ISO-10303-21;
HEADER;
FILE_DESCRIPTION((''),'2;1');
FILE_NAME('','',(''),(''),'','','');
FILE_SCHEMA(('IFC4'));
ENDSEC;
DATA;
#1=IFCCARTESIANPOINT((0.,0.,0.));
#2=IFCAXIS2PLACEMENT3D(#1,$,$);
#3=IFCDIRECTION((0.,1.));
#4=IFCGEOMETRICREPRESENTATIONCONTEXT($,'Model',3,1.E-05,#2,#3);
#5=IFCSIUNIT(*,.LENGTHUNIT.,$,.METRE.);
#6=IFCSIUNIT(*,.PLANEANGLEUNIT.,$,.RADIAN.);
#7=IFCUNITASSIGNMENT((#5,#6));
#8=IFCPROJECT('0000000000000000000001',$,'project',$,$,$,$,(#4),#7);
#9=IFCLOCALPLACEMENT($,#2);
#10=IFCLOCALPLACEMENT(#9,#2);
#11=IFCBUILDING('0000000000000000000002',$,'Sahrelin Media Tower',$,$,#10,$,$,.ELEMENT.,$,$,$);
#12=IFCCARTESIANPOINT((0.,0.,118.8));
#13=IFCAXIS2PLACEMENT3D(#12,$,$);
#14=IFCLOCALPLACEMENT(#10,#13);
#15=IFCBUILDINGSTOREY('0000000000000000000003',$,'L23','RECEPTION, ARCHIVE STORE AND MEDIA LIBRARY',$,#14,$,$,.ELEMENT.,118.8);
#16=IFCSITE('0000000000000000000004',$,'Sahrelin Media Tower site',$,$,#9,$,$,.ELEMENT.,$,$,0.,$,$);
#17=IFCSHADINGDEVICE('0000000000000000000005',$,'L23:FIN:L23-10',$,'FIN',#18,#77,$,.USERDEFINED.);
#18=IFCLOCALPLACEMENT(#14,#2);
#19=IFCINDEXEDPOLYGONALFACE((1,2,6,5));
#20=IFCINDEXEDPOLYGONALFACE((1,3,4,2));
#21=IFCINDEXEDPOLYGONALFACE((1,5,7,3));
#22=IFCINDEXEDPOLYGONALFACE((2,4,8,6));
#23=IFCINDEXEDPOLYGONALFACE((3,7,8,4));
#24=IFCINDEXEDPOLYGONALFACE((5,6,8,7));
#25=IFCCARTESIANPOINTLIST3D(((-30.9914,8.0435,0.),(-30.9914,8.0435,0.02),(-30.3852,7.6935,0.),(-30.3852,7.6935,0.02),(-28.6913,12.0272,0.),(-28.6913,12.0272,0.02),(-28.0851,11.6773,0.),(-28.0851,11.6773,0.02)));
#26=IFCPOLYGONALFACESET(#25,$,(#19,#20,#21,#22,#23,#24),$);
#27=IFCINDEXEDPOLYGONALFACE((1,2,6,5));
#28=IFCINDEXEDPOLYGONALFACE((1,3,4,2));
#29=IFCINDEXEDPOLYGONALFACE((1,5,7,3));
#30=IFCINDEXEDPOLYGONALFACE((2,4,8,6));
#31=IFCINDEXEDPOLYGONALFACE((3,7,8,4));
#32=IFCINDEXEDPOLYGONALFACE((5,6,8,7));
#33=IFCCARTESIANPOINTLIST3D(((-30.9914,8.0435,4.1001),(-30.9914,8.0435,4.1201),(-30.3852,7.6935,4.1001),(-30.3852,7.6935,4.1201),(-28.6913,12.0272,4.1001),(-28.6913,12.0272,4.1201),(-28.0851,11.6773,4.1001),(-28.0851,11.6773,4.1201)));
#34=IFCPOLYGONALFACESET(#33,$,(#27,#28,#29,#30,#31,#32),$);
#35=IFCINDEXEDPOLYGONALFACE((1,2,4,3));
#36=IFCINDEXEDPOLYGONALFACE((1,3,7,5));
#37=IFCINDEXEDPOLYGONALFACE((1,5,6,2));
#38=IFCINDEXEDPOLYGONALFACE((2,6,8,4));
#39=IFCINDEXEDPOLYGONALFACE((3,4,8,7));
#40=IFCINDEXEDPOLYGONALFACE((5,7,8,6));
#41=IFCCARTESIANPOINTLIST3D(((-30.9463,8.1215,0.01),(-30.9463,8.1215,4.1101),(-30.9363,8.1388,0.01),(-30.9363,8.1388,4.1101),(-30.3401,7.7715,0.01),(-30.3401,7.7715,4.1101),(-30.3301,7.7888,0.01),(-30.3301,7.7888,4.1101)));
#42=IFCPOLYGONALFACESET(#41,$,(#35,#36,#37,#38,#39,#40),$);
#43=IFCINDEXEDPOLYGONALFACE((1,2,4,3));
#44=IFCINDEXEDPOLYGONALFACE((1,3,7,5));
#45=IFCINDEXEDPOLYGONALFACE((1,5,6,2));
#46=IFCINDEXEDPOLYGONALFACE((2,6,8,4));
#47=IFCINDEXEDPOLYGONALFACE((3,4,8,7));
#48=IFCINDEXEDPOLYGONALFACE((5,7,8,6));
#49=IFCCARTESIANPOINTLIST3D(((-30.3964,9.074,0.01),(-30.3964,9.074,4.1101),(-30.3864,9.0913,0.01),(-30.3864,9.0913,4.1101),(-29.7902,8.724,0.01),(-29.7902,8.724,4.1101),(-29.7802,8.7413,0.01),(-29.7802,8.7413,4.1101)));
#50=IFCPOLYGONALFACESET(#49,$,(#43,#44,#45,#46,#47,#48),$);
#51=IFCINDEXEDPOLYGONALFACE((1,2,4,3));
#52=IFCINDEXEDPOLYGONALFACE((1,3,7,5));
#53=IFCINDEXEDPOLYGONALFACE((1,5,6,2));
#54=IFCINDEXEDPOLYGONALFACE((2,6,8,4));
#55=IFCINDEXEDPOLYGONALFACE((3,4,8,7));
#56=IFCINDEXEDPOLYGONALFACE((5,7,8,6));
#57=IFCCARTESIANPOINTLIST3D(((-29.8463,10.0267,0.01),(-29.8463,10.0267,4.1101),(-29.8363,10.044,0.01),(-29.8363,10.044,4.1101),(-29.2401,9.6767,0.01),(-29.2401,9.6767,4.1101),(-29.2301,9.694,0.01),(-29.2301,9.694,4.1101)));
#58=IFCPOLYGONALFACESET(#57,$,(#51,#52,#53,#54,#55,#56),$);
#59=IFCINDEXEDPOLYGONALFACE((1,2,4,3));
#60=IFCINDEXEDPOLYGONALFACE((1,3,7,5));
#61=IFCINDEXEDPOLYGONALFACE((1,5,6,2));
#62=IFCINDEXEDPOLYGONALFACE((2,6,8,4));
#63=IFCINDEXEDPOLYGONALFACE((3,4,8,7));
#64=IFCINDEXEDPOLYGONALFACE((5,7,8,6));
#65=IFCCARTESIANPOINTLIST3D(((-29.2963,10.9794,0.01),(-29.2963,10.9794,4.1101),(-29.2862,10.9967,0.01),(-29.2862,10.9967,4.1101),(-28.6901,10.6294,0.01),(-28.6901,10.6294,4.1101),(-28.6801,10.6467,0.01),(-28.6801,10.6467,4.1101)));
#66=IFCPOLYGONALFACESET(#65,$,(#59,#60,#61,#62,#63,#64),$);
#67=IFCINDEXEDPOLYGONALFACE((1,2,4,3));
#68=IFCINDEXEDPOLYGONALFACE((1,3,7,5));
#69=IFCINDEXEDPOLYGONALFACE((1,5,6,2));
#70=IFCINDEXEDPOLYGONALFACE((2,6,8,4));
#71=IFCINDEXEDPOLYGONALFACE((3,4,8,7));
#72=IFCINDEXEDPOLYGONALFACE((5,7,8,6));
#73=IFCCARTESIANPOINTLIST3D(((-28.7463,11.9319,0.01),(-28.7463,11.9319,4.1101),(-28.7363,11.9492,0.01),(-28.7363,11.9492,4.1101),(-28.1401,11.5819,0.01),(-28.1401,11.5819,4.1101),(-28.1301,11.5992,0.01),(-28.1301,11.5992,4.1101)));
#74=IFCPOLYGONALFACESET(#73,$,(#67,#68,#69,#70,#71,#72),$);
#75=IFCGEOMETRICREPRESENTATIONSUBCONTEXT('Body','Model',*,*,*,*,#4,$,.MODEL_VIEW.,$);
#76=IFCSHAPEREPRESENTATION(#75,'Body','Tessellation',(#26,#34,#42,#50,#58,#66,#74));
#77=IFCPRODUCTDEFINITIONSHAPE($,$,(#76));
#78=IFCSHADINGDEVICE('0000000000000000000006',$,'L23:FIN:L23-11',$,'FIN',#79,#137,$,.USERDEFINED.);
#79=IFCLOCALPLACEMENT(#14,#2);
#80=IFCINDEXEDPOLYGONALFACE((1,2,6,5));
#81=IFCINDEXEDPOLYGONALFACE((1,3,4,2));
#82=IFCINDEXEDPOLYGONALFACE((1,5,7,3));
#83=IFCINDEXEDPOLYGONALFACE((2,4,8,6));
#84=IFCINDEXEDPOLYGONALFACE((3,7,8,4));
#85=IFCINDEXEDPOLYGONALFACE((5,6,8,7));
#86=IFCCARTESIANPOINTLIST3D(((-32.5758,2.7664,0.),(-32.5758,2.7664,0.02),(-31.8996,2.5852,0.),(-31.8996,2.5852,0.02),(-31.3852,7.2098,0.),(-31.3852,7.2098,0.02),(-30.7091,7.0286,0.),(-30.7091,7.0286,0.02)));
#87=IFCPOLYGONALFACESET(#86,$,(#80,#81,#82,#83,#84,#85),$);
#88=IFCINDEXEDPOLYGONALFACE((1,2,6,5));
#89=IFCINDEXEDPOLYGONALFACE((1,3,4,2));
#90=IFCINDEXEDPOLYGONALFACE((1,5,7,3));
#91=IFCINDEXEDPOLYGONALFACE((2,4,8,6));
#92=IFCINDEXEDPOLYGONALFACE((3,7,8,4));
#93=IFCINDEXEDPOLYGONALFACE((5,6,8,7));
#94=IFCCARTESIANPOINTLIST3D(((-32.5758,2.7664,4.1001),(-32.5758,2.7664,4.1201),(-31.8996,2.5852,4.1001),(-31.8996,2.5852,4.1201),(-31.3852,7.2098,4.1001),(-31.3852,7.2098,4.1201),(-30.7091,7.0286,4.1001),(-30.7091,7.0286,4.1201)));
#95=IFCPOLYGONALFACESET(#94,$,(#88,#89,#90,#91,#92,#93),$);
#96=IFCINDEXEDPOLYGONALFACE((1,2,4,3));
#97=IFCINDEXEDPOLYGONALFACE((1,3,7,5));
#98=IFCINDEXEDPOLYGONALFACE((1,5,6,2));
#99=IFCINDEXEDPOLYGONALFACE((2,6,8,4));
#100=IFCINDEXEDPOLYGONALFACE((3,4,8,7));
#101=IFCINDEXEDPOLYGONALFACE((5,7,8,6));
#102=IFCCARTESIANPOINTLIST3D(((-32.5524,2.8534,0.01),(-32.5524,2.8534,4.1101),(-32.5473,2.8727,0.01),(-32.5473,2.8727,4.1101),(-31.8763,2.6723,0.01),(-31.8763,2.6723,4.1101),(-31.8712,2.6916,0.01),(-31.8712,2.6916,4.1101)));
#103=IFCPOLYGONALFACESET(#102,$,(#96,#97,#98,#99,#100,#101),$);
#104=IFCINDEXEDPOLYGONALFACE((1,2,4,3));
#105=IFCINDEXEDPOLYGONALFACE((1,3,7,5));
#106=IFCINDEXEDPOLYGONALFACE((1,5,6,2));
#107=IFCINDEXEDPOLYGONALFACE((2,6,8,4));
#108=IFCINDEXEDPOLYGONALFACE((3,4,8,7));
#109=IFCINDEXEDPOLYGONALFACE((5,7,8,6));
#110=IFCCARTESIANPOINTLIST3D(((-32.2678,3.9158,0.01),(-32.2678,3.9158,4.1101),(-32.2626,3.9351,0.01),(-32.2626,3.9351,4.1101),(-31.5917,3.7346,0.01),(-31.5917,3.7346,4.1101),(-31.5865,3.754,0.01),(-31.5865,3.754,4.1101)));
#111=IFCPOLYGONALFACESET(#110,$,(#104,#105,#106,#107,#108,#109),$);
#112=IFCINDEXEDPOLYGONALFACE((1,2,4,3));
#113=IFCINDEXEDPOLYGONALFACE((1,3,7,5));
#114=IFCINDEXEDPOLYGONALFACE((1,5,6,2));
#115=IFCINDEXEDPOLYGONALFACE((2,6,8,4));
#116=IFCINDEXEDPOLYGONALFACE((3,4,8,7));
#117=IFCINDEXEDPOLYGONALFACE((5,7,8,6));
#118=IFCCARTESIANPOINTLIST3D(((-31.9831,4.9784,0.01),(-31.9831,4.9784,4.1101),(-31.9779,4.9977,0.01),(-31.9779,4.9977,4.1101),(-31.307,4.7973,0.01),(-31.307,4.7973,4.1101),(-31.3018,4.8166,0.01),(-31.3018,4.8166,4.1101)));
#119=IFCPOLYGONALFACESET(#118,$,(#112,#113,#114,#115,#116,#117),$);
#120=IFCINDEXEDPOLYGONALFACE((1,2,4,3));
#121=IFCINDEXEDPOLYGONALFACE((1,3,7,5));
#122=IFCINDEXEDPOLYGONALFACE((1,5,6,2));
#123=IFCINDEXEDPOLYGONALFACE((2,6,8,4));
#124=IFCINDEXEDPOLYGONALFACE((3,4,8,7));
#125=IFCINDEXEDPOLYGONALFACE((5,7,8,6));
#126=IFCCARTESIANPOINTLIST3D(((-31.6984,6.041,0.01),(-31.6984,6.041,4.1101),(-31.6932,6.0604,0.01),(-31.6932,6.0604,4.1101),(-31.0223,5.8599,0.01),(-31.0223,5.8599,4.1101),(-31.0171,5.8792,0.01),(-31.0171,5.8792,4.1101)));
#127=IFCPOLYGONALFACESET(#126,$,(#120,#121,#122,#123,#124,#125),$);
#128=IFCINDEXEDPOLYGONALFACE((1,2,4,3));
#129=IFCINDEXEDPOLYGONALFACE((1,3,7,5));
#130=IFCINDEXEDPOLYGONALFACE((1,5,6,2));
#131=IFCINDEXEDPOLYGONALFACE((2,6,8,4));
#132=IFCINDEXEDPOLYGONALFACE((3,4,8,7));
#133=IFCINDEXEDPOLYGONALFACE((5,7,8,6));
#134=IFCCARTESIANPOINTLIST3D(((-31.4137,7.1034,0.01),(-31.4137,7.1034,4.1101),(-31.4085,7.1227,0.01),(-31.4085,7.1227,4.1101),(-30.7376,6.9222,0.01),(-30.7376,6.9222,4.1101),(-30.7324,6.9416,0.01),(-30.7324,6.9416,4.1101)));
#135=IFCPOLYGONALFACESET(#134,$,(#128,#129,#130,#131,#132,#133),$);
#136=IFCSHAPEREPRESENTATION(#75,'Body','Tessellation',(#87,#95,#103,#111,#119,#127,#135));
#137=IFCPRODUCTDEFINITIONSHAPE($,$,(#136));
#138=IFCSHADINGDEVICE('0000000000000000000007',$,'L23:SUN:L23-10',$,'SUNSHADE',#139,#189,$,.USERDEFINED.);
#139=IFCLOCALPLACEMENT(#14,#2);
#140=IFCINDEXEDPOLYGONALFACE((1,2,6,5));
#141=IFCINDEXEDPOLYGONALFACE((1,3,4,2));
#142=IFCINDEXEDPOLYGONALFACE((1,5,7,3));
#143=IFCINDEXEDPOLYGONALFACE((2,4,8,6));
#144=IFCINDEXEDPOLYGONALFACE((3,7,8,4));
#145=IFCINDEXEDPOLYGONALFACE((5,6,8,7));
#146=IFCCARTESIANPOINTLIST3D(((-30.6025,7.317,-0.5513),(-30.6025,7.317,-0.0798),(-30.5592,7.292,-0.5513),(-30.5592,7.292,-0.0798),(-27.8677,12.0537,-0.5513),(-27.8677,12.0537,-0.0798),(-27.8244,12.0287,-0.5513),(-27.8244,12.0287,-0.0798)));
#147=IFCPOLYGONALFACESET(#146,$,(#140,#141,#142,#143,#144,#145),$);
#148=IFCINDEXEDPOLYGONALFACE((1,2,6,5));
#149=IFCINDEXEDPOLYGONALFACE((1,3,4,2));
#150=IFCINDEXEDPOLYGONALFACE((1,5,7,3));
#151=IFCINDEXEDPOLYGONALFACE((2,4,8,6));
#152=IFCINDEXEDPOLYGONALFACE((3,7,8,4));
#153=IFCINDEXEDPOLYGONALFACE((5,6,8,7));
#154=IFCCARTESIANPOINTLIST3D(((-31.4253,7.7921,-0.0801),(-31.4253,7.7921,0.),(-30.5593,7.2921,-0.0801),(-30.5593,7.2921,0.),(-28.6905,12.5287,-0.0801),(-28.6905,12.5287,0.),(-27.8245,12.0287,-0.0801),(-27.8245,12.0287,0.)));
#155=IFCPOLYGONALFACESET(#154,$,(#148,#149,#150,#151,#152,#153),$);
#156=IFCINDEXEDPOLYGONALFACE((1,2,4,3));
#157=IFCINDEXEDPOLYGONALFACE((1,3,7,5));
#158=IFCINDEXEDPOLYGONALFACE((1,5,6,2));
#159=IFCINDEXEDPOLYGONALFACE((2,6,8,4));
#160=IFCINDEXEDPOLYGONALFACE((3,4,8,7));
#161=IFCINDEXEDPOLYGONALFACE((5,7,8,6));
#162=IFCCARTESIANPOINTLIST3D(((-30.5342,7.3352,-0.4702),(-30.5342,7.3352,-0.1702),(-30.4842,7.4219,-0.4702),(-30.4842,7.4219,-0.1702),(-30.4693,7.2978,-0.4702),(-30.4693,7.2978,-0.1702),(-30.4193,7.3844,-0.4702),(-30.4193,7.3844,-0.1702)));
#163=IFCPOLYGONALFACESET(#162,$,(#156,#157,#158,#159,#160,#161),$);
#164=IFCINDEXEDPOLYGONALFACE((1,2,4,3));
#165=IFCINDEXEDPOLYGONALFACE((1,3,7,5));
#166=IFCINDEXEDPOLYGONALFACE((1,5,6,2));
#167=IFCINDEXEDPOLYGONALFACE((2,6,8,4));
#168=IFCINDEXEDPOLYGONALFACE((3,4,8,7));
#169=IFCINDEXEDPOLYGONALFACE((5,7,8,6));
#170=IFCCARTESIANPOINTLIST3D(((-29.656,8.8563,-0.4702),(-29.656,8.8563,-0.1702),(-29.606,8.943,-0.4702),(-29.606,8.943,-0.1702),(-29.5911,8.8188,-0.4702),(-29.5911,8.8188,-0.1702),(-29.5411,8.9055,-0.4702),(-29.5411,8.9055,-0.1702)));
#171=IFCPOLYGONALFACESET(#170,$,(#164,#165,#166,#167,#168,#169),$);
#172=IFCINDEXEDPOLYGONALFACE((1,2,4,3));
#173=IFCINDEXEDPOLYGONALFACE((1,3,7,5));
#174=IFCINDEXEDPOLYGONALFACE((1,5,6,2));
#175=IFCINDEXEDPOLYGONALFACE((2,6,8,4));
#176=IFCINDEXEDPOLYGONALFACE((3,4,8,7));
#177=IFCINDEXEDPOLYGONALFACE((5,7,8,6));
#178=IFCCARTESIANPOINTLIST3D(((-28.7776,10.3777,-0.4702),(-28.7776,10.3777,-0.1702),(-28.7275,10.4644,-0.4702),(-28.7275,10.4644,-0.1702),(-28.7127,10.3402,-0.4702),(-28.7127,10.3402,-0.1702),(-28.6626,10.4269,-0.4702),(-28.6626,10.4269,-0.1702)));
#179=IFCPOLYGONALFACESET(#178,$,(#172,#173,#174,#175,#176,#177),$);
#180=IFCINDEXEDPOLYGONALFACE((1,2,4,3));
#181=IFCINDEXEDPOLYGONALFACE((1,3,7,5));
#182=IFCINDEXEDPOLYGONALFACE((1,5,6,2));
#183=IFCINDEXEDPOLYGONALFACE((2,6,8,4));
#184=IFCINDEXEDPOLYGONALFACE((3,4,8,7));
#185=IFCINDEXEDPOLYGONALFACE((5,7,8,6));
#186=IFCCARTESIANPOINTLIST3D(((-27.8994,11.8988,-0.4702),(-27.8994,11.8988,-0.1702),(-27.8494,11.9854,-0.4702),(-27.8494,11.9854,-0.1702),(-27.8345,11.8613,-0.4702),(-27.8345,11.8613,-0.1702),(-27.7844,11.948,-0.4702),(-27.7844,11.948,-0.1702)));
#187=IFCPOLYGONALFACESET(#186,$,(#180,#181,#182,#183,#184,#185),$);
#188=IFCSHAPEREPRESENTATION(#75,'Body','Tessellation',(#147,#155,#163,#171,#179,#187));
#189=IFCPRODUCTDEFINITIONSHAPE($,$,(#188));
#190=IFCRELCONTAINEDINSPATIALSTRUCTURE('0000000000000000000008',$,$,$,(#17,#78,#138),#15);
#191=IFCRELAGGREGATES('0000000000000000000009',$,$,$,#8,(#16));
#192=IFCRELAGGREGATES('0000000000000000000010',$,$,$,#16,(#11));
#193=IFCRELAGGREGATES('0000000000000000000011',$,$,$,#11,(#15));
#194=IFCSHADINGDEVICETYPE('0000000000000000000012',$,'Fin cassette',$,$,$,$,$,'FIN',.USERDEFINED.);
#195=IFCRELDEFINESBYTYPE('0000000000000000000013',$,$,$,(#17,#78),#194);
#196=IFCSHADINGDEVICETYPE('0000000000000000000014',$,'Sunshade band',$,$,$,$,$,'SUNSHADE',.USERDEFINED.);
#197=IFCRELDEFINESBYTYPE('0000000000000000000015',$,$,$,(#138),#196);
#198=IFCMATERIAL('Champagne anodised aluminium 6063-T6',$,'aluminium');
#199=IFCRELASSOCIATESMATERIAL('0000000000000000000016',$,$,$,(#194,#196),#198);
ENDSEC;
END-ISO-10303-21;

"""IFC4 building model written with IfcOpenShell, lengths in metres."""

from ifc_helpers import new_model, si_unit, direction, frame, origin, origin_2d, place, context, subcontext, project, spatial, rectangle, extrude, material, type_object, element, save


model = new_model("IFC4")

# Units and contexts
model_context = context("Model", 3, precision=1e-05, world=origin(), true_north=direction((0.0, 1.0)))
body_context = subcontext(model_context, "Body", "Model", "MODEL_VIEW")
ifc_project = project(units=[si_unit("LENGTHUNIT", "METRE"), si_unit("PLANEANGLEUNIT", "RADIAN")], contexts=[model_context])

# Site, building, storey
site_placement = place(None, origin())
site = spatial("IfcSite", under=ifc_project, at=site_placement, Name="Sahrelin Media Tower site", CompositionType="ELEMENT", RefElevation=0.0)
building_placement = place(site_placement, origin())
building = spatial("IfcBuilding", under=site, at=building_placement, Name="Sahrelin Media Tower", CompositionType="ELEMENT")
storey_placement = place(building_placement, frame((0.0, 0.0, 118.8)))
storey = spatial("IfcBuildingStorey", under=building, at=storey_placement, Name="L23", Description="RECEPTION, ARCHIVE STORE AND MEDIA LIBRARY", CompositionType="ELEMENT", Elevation=118.8)

# Shared definitions
ifc_material_1 = material(Name="Champagne anodised aluminium 6063-T6", Category="aluminium")

# Shading devices
shading_device_type_1 = type_object("IfcShadingDeviceType", Name="Fin cassette", ElementType="FIN", PredefinedType="USERDEFINED", material=ifc_material_1)
placement_1 = place(storey_placement, frame((-29.1746, 9.6504, 0.0), z_axis=(0.0, 0.0, 1.0), x_axis=(0.500011, 0.866019, 0.0)))
element("IfcShadingDevice", 1, at=placement_1, inside=storey, type_object=shading_device_type_1, Name="L23:FIN:L23-10", ObjectType="FIN", PredefinedType="USERDEFINED", context=body_context, shape_type="SweptSolid", body=[
    extrude(rectangle(XDim=4.6001, YDim=0.7, at=origin_2d()), frame((0.0, 0.4199, 0.0)), (0.0, 0.0, 1.0), 0.02),
    extrude(rectangle(XDim=4.6001, YDim=0.7, at=origin_2d()), frame((0.0, 0.4199, 4.1001)), (0.0, 0.0, 1.0), 0.02),
    extrude(rectangle(XDim=0.02, YDim=0.7, at=origin_2d()), frame((-2.2, 0.4199, 0.01), z_axis=(0.0, 0.0, 1.0), x_axis=(1.0, 0.0, 0.0)), (0.0, 0.0, 1.0), 4.1001),
    extrude(rectangle(XDim=0.02, YDim=0.7, at=origin_2d()), frame((-1.1001, 0.4199, 0.01), z_axis=(0.0, 0.0, 1.0), x_axis=(1.0, 0.0, 0.0)), (0.0, 0.0, 1.0), 4.1001),
    extrude(rectangle(XDim=0.02, YDim=0.7, at=origin_2d()), frame((0.0, 0.4199, 0.01), z_axis=(0.0, 0.0, 1.0), x_axis=(1.0, 0.0, 0.0)), (0.0, 0.0, 1.0), 4.1001),
    extrude(rectangle(XDim=0.02, YDim=0.7, at=origin_2d()), frame((1.1001, 0.4199, 0.01), z_axis=(0.0, 0.0, 1.0), x_axis=(1.0, 0.0, 0.0)), (0.0, 0.0, 1.0), 4.1001),
    extrude(rectangle(XDim=0.02, YDim=0.7, at=origin_2d()), frame((2.2, 0.4199, 0.01), z_axis=(0.0, 0.0, 1.0), x_axis=(1.0, 0.0, 0.0)), (0.0, 0.0, 1.0), 4.1001),
])
placement_2 = place(storey_placement, frame((-31.2368, 4.7888, 0.0), z_axis=(0.0, 0.0, 1.0), x_axis=(0.258808, 0.965929, 0.0)))
element("IfcShadingDevice", 2, at=placement_2, inside=storey, type_object=shading_device_type_1, Name="L23:FIN:L23-11", ObjectType="FIN", PredefinedType="USERDEFINED", context=body_context, shape_type="SweptSolid", body=[
    extrude(rectangle(XDim=4.6001, YDim=0.7, at=origin_2d()), frame((0.0, 0.4199, 0.0)), (0.0, 0.0, 1.0), 0.02),
    extrude(rectangle(XDim=4.6001, YDim=0.7, at=origin_2d()), frame((0.0, 0.4199, 4.1001)), (0.0, 0.0, 1.0), 0.02),
    extrude(rectangle(XDim=0.02, YDim=0.7, at=origin_2d()), frame((-2.2, 0.4199, 0.01), z_axis=(0.0, 0.0, 1.0), x_axis=(1.0, 0.0, 0.0)), (0.0, 0.0, 1.0), 4.1001),
    extrude(rectangle(XDim=0.02, YDim=0.7, at=origin_2d()), frame((-1.1001, 0.4199, 0.01), z_axis=(0.0, 0.0, 1.0), x_axis=(1.0, 0.0, 0.0)), (0.0, 0.0, 1.0), 4.1001),
    extrude(rectangle(XDim=0.02, YDim=0.7, at=origin_2d()), frame((0.0, 0.4199, 0.01), z_axis=(0.0, 0.0, 1.0), x_axis=(1.0, 0.0, 0.0)), (0.0, 0.0, 1.0), 4.1001),
    extrude(rectangle(XDim=0.02, YDim=0.7, at=origin_2d()), frame((1.1001, 0.4199, 0.01), z_axis=(0.0, 0.0, 1.0), x_axis=(1.0, 0.0, 0.0)), (0.0, 0.0, 1.0), 4.1001),
    extrude(rectangle(XDim=0.02, YDim=0.7, at=origin_2d()), frame((2.2, 0.4199, 0.01), z_axis=(0.0, 0.0, 1.0), x_axis=(1.0, 0.0, 0.0)), (0.0, 0.0, 1.0), 4.1001),
])
shading_device_type_2 = type_object("IfcShadingDeviceType", Name="Sunshade band", ElementType="SUNSHADE", PredefinedType="USERDEFINED", material=ifc_material_1)
element("IfcShadingDevice", 3, at=placement_1, inside=storey, type_object=shading_device_type_2, Name="L23:SUN:L23-10", ObjectType="SUNSHADE", PredefinedType="USERDEFINED", context=body_context, shape_type="SweptSolid", body=[
    extrude(rectangle(XDim=5.4695, YDim=0.05, at=origin_2d()), frame((0.0, 0.0449, -0.5513)), (0.0, 0.0, 1.0), 0.4714),
    extrude(rectangle(XDim=5.4695, YDim=1.0, at=origin_2d()), frame((0.0, 0.52, -0.0801)), (0.0, 0.0, 1.0), 0.0801),
    extrude(rectangle(XDim=0.1001, YDim=0.075, at=origin_2d()), frame((-2.6348, -0.0176, -0.4702)), (0.0, 0.0, 1.0), 0.3),
    extrude(rectangle(XDim=0.1001, YDim=0.075, at=origin_2d()), frame((-0.8784, -0.0176, -0.4702)), (0.0, 0.0, 1.0), 0.3),
    extrude(rectangle(XDim=0.1001, YDim=0.075, at=origin_2d()), frame((0.8784, -0.0176, -0.4702)), (0.0, 0.0, 1.0), 0.3),
    extrude(rectangle(XDim=0.1001, YDim=0.075, at=origin_2d()), frame((2.6348, -0.0176, -0.4702)), (0.0, 0.0, 1.0), 0.3),
])

save(model, "model.ifc")
